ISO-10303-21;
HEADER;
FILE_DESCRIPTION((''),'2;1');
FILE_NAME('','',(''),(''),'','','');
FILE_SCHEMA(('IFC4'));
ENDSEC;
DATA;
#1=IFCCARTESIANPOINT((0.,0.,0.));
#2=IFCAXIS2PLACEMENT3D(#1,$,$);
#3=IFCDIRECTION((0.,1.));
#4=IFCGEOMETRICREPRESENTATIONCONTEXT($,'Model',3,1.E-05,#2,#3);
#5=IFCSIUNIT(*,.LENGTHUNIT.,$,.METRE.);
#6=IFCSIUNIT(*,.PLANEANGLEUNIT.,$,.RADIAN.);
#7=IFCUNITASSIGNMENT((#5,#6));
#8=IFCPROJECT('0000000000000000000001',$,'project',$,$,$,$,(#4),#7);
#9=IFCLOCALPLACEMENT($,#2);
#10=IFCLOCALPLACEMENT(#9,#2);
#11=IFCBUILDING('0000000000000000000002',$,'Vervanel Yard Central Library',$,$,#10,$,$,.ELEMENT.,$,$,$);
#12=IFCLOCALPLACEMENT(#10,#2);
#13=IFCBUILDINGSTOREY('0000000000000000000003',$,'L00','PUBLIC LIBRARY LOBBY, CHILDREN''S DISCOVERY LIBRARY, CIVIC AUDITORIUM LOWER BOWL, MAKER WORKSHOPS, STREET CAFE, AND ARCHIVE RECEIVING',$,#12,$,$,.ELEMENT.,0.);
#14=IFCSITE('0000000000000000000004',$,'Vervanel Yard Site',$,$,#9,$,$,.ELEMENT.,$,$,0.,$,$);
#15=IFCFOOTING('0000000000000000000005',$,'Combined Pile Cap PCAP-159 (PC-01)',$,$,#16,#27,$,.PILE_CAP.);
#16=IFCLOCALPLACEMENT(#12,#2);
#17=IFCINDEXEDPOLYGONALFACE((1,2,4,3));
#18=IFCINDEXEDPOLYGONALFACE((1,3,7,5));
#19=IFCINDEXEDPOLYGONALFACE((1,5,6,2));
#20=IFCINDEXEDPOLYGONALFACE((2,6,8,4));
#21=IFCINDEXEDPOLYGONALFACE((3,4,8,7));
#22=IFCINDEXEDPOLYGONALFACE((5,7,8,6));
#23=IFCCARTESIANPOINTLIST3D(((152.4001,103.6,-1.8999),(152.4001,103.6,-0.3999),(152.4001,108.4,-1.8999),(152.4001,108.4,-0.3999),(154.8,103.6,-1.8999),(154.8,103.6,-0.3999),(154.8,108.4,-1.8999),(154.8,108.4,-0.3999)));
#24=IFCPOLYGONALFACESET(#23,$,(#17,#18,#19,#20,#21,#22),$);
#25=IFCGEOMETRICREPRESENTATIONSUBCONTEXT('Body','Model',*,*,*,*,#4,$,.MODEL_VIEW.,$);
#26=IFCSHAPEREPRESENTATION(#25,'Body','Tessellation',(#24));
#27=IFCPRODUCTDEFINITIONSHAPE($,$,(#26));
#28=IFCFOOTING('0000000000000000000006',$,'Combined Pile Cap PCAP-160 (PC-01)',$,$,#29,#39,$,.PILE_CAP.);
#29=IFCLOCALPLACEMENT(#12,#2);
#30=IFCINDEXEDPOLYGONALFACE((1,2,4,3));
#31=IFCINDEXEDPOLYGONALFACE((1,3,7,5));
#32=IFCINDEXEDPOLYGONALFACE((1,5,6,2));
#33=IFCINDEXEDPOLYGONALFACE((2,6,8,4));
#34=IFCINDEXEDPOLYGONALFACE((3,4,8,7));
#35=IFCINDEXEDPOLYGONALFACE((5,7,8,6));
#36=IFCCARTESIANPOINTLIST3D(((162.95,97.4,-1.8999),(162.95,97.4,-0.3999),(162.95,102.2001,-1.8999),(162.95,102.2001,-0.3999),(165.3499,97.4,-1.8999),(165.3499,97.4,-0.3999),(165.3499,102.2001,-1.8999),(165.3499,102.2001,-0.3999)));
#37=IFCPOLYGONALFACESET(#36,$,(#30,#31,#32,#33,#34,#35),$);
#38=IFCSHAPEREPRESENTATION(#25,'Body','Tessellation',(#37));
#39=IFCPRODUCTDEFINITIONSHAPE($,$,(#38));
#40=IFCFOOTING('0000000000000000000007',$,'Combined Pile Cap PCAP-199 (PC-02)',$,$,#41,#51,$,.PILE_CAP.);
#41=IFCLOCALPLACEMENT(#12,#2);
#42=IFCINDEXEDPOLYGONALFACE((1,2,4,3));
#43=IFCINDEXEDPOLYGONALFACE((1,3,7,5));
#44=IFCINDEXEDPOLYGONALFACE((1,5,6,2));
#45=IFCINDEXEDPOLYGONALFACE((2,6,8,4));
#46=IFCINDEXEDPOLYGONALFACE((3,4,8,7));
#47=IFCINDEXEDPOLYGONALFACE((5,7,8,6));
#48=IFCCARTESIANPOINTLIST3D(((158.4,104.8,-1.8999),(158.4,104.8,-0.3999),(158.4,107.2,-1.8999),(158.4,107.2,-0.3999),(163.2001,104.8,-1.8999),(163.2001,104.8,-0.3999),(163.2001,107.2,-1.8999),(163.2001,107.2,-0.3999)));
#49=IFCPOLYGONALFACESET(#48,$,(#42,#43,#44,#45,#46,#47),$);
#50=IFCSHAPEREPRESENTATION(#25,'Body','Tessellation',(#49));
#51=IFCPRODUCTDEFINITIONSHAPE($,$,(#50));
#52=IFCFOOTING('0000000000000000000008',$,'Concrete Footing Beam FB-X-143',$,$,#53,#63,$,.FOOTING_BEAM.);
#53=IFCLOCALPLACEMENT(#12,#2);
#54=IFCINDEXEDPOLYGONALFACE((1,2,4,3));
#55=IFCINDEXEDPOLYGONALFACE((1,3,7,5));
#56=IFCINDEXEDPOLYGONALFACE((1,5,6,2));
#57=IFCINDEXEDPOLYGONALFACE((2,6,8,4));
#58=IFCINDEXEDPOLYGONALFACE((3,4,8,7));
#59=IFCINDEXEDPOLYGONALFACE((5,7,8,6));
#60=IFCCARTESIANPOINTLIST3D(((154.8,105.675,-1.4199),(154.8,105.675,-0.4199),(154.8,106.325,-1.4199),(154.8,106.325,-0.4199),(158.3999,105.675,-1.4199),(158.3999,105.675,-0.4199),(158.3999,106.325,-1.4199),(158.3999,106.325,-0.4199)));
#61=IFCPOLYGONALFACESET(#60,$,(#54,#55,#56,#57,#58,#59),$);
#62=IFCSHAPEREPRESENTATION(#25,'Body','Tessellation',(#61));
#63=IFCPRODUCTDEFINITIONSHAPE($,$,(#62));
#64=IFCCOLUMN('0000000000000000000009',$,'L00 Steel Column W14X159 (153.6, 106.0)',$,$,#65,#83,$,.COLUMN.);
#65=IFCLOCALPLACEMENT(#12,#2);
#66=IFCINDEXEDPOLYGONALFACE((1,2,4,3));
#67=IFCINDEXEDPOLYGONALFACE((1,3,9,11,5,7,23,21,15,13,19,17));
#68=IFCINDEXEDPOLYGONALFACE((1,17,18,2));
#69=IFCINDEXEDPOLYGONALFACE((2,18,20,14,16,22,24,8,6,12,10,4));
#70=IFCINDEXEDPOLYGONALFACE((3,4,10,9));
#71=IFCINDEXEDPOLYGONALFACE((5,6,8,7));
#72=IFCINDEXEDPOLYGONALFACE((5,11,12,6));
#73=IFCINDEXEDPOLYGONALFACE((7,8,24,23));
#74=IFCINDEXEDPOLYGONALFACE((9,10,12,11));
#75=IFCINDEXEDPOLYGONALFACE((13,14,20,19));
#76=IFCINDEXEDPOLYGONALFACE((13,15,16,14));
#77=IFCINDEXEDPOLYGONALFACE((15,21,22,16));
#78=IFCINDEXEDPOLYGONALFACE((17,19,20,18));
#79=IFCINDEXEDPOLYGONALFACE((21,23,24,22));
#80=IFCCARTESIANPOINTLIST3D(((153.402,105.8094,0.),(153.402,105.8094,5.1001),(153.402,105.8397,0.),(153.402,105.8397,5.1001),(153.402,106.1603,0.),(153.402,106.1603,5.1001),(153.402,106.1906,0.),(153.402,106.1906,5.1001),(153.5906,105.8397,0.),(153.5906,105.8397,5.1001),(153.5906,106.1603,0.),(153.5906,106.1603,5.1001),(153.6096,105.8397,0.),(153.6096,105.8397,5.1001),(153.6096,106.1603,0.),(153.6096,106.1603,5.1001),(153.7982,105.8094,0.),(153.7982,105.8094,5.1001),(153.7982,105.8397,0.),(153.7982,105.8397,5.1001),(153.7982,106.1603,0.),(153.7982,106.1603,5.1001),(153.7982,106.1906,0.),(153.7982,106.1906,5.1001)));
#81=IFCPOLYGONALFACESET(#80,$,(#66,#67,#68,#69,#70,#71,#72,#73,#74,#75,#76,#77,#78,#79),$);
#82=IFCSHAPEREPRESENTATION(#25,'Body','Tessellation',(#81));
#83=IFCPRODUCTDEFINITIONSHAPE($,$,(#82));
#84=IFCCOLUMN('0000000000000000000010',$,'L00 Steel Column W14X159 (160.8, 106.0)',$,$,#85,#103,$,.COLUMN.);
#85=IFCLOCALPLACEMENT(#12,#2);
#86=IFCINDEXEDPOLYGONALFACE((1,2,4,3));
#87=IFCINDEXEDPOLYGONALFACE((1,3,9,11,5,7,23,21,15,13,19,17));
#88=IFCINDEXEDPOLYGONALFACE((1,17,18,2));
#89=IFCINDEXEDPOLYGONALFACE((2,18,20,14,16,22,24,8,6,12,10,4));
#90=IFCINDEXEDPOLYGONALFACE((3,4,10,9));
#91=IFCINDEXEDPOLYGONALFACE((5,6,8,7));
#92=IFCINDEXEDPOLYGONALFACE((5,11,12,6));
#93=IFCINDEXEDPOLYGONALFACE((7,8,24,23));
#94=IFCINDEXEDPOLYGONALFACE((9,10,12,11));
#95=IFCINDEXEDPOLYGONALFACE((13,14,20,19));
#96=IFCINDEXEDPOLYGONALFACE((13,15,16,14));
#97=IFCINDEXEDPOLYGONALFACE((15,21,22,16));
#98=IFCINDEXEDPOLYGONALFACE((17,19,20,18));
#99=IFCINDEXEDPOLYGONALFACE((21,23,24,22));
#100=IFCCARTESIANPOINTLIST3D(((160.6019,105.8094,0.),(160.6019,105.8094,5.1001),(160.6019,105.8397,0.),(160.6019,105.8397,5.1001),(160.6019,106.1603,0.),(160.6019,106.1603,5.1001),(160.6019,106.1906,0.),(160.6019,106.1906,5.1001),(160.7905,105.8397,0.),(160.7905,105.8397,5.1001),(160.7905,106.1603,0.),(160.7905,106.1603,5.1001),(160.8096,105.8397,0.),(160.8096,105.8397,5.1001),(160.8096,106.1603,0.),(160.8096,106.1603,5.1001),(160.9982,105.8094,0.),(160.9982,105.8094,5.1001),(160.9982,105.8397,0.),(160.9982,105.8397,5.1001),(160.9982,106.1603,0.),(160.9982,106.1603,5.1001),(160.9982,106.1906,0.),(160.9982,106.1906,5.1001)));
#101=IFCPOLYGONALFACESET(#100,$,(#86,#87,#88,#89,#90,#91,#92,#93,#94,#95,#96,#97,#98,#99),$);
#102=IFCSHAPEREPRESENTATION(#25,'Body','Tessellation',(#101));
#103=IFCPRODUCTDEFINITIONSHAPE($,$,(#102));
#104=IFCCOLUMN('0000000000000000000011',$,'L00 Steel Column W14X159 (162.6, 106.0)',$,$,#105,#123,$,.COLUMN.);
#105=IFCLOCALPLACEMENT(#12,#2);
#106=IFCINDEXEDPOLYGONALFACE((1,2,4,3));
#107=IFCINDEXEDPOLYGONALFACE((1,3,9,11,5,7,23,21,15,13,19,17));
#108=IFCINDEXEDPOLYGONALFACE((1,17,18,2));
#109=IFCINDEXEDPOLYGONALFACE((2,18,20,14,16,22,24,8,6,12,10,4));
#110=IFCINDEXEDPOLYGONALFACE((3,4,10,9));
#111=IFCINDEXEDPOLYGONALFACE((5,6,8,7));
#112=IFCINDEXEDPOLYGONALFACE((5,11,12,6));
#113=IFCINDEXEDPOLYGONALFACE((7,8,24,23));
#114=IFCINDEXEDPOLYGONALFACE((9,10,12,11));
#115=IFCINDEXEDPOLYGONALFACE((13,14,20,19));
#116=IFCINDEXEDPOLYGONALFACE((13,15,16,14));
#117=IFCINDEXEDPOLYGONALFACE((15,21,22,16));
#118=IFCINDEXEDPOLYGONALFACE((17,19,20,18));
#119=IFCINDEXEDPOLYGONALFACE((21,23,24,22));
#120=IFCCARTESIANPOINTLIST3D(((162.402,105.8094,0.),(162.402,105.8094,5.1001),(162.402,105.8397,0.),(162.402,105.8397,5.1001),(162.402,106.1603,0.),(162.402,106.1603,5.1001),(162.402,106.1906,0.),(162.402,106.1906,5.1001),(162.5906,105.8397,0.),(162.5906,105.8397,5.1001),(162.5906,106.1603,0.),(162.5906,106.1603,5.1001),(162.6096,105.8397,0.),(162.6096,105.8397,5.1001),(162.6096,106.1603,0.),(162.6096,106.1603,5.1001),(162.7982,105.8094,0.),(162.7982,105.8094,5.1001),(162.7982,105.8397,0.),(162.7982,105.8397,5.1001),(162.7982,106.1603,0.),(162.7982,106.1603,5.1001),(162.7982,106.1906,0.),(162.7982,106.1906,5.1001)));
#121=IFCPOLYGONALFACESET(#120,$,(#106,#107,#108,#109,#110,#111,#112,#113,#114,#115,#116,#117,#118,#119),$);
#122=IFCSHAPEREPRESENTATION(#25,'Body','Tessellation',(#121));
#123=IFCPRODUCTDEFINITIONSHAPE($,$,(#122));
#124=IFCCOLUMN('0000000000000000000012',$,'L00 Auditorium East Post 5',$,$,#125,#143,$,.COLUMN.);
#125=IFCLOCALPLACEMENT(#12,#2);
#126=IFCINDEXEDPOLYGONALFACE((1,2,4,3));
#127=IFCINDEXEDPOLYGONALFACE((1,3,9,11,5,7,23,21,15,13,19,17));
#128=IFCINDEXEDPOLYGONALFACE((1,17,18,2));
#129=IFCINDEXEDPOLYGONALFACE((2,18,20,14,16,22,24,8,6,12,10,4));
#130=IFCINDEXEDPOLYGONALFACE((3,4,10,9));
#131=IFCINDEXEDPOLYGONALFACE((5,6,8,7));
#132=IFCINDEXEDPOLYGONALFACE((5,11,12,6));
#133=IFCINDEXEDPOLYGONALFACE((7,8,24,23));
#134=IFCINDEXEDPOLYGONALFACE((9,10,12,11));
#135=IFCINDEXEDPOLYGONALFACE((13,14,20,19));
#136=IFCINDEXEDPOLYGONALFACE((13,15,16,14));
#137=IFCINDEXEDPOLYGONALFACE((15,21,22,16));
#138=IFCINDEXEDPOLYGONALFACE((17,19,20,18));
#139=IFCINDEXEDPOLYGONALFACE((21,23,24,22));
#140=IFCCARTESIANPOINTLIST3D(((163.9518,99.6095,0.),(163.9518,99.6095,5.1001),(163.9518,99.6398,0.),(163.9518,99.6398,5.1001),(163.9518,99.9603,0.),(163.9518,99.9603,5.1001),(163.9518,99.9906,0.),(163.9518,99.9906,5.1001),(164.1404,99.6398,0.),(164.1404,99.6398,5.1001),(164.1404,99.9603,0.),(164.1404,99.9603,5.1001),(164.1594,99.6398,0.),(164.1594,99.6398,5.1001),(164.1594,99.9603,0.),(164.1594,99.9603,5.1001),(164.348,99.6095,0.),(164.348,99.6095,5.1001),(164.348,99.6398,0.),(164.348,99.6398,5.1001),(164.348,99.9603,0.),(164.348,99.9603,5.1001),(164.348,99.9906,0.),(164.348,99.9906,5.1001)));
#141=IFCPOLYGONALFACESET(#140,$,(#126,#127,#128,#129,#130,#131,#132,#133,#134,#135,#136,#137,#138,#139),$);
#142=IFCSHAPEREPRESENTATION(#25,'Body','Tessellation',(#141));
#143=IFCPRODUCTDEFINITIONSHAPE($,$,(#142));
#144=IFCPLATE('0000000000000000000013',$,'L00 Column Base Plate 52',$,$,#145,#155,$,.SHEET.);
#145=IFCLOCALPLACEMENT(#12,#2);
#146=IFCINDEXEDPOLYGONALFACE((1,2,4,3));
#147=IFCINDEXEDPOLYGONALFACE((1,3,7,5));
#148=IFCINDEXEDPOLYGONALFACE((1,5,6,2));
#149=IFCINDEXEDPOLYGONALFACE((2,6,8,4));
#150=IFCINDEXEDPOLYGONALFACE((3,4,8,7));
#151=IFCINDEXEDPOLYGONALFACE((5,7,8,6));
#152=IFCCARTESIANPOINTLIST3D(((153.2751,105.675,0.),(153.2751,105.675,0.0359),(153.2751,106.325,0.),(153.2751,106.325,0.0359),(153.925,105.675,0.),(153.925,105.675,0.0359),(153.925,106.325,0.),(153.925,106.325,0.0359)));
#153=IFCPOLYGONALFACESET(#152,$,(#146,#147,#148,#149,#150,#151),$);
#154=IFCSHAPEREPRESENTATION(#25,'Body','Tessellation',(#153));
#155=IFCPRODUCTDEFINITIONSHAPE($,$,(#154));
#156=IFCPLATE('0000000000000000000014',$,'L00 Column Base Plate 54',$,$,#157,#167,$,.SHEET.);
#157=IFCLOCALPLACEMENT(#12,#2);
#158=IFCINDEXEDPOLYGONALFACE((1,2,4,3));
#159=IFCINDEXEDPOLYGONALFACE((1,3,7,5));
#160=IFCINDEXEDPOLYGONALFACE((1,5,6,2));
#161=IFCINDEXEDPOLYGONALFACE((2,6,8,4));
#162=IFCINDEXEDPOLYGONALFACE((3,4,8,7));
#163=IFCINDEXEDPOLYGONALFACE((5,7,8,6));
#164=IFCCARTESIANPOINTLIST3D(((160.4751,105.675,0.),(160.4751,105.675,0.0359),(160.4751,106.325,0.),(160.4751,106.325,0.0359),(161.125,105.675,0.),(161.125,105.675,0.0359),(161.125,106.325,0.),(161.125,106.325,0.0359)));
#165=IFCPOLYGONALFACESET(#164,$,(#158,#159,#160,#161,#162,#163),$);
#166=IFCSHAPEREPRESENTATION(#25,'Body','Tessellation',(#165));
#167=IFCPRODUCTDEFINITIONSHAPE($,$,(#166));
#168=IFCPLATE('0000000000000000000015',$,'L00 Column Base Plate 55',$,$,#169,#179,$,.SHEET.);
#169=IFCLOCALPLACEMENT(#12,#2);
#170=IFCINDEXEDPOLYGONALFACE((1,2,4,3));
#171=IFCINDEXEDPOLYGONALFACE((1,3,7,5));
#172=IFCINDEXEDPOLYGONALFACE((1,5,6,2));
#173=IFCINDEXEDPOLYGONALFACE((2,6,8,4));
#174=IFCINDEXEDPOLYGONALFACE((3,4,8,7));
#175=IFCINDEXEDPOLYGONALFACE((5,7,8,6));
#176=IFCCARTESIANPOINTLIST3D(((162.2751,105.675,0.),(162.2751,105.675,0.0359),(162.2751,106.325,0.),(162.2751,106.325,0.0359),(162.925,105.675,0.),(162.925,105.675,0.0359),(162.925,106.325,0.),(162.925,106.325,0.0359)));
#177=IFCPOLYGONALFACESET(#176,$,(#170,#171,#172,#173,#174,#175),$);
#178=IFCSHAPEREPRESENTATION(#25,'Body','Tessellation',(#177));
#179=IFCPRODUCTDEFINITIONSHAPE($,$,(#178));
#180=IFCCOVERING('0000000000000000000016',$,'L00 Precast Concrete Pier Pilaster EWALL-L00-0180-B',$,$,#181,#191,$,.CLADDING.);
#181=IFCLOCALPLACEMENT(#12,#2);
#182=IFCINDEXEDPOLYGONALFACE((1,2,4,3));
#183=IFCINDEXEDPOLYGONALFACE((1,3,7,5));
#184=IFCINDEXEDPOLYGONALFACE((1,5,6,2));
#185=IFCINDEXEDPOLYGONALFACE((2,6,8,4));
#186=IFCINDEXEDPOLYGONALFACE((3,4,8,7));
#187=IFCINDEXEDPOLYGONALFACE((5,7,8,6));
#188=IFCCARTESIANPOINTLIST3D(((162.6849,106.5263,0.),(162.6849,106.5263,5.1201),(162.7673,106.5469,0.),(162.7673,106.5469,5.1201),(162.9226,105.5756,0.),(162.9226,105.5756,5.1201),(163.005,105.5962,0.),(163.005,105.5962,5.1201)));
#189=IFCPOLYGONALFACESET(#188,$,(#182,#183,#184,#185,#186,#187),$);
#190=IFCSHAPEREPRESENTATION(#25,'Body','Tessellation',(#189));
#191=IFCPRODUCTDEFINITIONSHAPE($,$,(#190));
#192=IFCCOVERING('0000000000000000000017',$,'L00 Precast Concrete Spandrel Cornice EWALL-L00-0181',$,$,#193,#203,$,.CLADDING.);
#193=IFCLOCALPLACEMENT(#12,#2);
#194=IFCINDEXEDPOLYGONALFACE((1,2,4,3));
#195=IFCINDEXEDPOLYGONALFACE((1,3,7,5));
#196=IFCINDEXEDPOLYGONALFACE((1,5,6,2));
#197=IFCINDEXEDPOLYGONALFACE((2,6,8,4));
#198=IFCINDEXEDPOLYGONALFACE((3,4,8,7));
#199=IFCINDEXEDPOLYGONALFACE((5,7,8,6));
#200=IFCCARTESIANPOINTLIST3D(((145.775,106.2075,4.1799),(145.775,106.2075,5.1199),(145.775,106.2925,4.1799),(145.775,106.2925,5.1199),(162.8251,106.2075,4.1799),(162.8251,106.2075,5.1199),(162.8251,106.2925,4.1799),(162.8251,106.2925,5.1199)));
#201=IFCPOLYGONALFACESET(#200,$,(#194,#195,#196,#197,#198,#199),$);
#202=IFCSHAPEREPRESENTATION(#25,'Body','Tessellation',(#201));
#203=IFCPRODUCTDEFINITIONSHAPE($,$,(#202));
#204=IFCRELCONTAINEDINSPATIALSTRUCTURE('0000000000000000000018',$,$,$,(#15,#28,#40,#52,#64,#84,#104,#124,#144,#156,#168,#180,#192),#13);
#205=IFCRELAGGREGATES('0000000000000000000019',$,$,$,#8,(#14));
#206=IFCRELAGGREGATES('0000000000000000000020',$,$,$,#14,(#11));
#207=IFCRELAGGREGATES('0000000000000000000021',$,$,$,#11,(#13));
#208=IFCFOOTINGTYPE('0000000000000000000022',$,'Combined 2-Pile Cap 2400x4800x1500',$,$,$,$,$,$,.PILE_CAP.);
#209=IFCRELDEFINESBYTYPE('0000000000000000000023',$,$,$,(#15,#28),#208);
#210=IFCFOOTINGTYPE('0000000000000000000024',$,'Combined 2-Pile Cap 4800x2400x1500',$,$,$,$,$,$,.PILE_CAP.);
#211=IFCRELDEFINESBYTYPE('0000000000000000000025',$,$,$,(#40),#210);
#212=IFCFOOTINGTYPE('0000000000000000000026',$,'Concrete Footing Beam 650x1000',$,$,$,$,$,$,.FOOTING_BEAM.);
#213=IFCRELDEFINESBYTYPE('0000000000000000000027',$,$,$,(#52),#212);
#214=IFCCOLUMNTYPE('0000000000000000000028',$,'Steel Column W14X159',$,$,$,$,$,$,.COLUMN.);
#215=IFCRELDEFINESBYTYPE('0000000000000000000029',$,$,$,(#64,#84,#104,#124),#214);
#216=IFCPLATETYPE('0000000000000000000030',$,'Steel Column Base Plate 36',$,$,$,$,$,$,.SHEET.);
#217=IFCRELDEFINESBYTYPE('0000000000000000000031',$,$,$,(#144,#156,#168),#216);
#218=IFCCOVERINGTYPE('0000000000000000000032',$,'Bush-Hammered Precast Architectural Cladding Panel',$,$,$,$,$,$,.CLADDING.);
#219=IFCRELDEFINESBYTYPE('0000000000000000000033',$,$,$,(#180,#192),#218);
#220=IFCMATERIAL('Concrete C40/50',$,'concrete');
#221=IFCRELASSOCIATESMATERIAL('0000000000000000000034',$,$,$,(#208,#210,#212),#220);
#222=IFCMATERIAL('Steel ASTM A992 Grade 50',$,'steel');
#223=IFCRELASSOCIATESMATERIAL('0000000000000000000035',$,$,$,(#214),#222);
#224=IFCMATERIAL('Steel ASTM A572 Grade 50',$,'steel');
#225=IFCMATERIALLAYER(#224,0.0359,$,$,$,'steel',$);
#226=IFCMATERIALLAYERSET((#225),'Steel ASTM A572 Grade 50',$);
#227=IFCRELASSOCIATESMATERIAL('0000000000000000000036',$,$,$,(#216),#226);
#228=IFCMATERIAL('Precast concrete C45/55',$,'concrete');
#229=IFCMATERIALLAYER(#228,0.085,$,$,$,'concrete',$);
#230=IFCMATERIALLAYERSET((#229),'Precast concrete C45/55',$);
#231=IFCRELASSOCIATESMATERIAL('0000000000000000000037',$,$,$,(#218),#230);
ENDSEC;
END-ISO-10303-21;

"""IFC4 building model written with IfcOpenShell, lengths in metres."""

from ifc_helpers import new_model, si_unit, direction, frame, origin, origin_2d, place, context, subcontext, project, spatial, rectangle, i_section, extrude, material, layer, layer_set, material_profile, profile_set, type_object, element, save


model = new_model("IFC4")

# Units and contexts
model_context = context("Model", 3, precision=1e-05, world=origin(), true_north=direction((0.0, 1.0)))
body_context = subcontext(model_context, "Body", "Model", "MODEL_VIEW")
ifc_project = project(units=[si_unit("LENGTHUNIT", "METRE"), si_unit("PLANEANGLEUNIT", "RADIAN")], contexts=[model_context])

# Site, building, storey
site_placement = place(None, origin())
site = spatial("IfcSite", under=ifc_project, at=site_placement, Name="Vervanel Yard Site", CompositionType="ELEMENT", RefElevation=0.0)
building_placement = place(site_placement, origin())
building = spatial("IfcBuilding", under=site, at=building_placement, Name="Vervanel Yard Central Library", CompositionType="ELEMENT")
storey_placement = place(building_placement, origin())
storey = spatial("IfcBuildingStorey", under=building, at=storey_placement, Name="L00", Description="PUBLIC LIBRARY LOBBY, CHILDREN'S DISCOVERY LIBRARY, CIVIC AUDITORIUM LOWER BOWL, MAKER WORKSHOPS, STREET CAFE, AND ARCHIVE RECEIVING", CompositionType="ELEMENT", Elevation=0.0)

# Shared definitions
ifc_material_1 = material(Name="Concrete C40/50", Category="concrete")

# Footings
footing_type_1 = type_object("IfcFootingType", Name="Combined 2-Pile Cap 2400x4800x1500", PredefinedType="PILE_CAP", material=ifc_material_1)
for number, where, z_axis, x_axis, name in (
    (1, (153.6001, 106.0, -1.8999), (0.0, 0.0, 1.0), (1.0, 0.0, 0.0), "Combined Pile Cap PCAP-159 (PC-01)"),
    (2, (164.1499, 99.8, -1.8999), (0.0, 0.0, 1.0), (1.0, 0.0, 0.0), "Combined Pile Cap PCAP-160 (PC-01)"),
):
    element("IfcFooting", number, at=place(storey_placement, frame(where, z_axis=z_axis, x_axis=x_axis)), inside=storey, type_object=footing_type_1, Name=name, PredefinedType="PILE_CAP", context=body_context, shape_type="SweptSolid", body=[
        extrude(rectangle(XDim=2.3999, YDim=4.8, at=origin_2d()), origin(), (0.0, 0.0, 1.0), 1.5),
    ])
footing_type_2 = type_object("IfcFootingType", Name="Combined 2-Pile Cap 4800x2400x1500", PredefinedType="PILE_CAP", material=ifc_material_1)
footing_1_placement = place(storey_placement, frame((160.8, 106.0, -1.8999), z_axis=(0.0, 0.0, 1.0), x_axis=(1.0, 0.0, 0.0)))
element("IfcFooting", 3, at=footing_1_placement, inside=storey, type_object=footing_type_2, Name="Combined Pile Cap PCAP-199 (PC-02)", PredefinedType="PILE_CAP", context=body_context, shape_type="SweptSolid", body=[
    extrude(rectangle(XDim=4.8, YDim=2.3999, at=origin_2d()), origin(), (0.0, 0.0, 1.0), 1.5),
])
ifc_material_profile_1 = material_profile(ifc_material_1, rectangle(XDim=0.6499, YDim=1.0, at=origin_2d()), Name="RC 650x1000", Category="concrete")
ifc_profile_set_1 = profile_set([ifc_material_profile_1], Name="Concrete C40/50")
footing_type_3 = type_object("IfcFootingType", Name="Concrete Footing Beam 650x1000", PredefinedType="FOOTING_BEAM", material=ifc_profile_set_1)
footing_2_placement = place(storey_placement, frame((154.8, 106.0, -0.9199), z_axis=(1.0, 0.0, 0.0), x_axis=(0.0, 1.0, 0.0)))
element("IfcFooting", 4, at=footing_2_placement, inside=storey, type_object=footing_type_3, Name="Concrete Footing Beam FB-X-143", PredefinedType="FOOTING_BEAM", context=body_context, shape_type="SweptSolid", body=[
    extrude(rectangle(XDim=0.6499, YDim=1.0, at=origin_2d()), origin(), (0.0, 0.0, 1.0), 3.5999),
])

# Columns
ifc_material_2 = material(Name="Steel ASTM A992 Grade 50", Category="steel")
ifc_material_profile_2 = material_profile(ifc_material_2, i_section(OverallWidth=0.3962, OverallDepth=0.3811, WebThickness=0.019, FlangeThickness=0.0303, at=origin_2d()), Name="W14X159", Category="steel")
ifc_profile_set_2 = profile_set([ifc_material_profile_2], Name="Steel ASTM A992 Grade 50")
column_type = type_object("IfcColumnType", Name="Steel Column W14X159", PredefinedType="COLUMN", material=ifc_profile_set_2)
for number, where, z_axis, x_axis, name in (
    (5, (153.6001, 106.0, 0.0), (0.0, 0.0, 1.0), (1.0, 0.0, 0.0), "L00 Steel Column W14X159 (153.6, 106.0)"),
    (6, (160.8, 106.0, 0.0), (0.0, 0.0, 1.0), (1.0, 0.0, 0.0), "L00 Steel Column W14X159 (160.8, 106.0)"),
    (7, (162.6001, 106.0, 0.0), (0.0, 0.0, 1.0), (1.0, 0.0, 0.0), "L00 Steel Column W14X159 (162.6, 106.0)"),
    (8, (164.1499, 99.8, 0.0), (0.0, 0.0, 1.0), (1.0, 0.0, 0.0), "L00 Auditorium East Post 5"),
):
    element("IfcColumn", number, at=place(storey_placement, frame(where, z_axis=z_axis, x_axis=x_axis)), inside=storey, type_object=column_type, Name=name, PredefinedType="COLUMN", context=body_context, shape_type="SweptSolid", body=[
        extrude(i_section(OverallWidth=0.3962, OverallDepth=0.3811, WebThickness=0.019, FlangeThickness=0.0303, at=origin_2d()), origin(), (0.0, 0.0, 1.0), 5.1001),
    ])

# Plates
ifc_material_3 = material(Name="Steel ASTM A572 Grade 50", Category="steel")
ifc_layer_1 = layer(ifc_material_3, 0.0359, Category="steel")
ifc_layer_set_1 = layer_set([ifc_layer_1], Name="Steel ASTM A572 Grade 50")
plate_type = type_object("IfcPlateType", Name="Steel Column Base Plate 36", PredefinedType="SHEET", material=ifc_layer_set_1)
for number, where, z_axis, x_axis, name in (
    (9, (153.6001, 106.0, 0.0), (0.0, 0.0, 1.0), (1.0, 0.0, 0.0), "L00 Column Base Plate 52"),
    (10, (160.8, 106.0, 0.0), (0.0, 0.0, 1.0), (1.0, 0.0, 0.0), "L00 Column Base Plate 54"),
    (11, (162.6001, 106.0, 0.0), (0.0, 0.0, 1.0), (1.0, 0.0, 0.0), "L00 Column Base Plate 55"),
):
    element("IfcPlate", number, at=place(storey_placement, frame(where, z_axis=z_axis, x_axis=x_axis)), inside=storey, type_object=plate_type, Name=name, PredefinedType="SHEET", context=body_context, shape_type="SweptSolid", body=[
        extrude(rectangle(XDim=0.6499, YDim=0.6499, at=origin_2d()), origin(), (0.0, 0.0, 1.0), 0.0359),
    ])

# Coverings
ifc_material_4 = material(Name="Precast concrete C45/55", Category="concrete")
ifc_layer_2 = layer(ifc_material_4, 0.085, Category="concrete")
ifc_layer_set_2 = layer_set([ifc_layer_2], Name="Precast concrete C45/55")
covering_type = type_object("IfcCoveringType", Name="Bush-Hammered Precast Architectural Cladding Panel", PredefinedType="CLADDING", material=ifc_layer_set_2)
covering_1_placement = place(storey_placement, frame((162.845, 106.0613, 0.0), z_axis=(0.0, 0.0, 1.0), x_axis=(-0.242535, 0.970143, 0.0)))
element("IfcCovering", 12, at=covering_1_placement, inside=storey, type_object=covering_type, Name="L00 Precast Concrete Pier Pilaster EWALL-L00-0180-B", PredefinedType="CLADDING", context=body_context, shape_type="SweptSolid", body=[
    extrude(rectangle(XDim=0.98, YDim=0.085, at=origin_2d()), origin(), (0.0, 0.0, 1.0), 5.1201),
])
covering_2_placement = place(storey_placement, frame((154.3, 106.25, 4.1799), z_axis=(0.0, 0.0, 1.0), x_axis=(1.0, 0.0, 0.0)))
element("IfcCovering", 13, at=covering_2_placement, inside=storey, type_object=covering_type, Name="L00 Precast Concrete Spandrel Cornice EWALL-L00-0181", PredefinedType="CLADDING", context=body_context, shape_type="SweptSolid", body=[
    extrude(rectangle(XDim=17.05, YDim=0.085, at=origin_2d()), origin(), (0.0, 0.0, 1.0), 0.9399),
])

save(model, "model.ifc")
